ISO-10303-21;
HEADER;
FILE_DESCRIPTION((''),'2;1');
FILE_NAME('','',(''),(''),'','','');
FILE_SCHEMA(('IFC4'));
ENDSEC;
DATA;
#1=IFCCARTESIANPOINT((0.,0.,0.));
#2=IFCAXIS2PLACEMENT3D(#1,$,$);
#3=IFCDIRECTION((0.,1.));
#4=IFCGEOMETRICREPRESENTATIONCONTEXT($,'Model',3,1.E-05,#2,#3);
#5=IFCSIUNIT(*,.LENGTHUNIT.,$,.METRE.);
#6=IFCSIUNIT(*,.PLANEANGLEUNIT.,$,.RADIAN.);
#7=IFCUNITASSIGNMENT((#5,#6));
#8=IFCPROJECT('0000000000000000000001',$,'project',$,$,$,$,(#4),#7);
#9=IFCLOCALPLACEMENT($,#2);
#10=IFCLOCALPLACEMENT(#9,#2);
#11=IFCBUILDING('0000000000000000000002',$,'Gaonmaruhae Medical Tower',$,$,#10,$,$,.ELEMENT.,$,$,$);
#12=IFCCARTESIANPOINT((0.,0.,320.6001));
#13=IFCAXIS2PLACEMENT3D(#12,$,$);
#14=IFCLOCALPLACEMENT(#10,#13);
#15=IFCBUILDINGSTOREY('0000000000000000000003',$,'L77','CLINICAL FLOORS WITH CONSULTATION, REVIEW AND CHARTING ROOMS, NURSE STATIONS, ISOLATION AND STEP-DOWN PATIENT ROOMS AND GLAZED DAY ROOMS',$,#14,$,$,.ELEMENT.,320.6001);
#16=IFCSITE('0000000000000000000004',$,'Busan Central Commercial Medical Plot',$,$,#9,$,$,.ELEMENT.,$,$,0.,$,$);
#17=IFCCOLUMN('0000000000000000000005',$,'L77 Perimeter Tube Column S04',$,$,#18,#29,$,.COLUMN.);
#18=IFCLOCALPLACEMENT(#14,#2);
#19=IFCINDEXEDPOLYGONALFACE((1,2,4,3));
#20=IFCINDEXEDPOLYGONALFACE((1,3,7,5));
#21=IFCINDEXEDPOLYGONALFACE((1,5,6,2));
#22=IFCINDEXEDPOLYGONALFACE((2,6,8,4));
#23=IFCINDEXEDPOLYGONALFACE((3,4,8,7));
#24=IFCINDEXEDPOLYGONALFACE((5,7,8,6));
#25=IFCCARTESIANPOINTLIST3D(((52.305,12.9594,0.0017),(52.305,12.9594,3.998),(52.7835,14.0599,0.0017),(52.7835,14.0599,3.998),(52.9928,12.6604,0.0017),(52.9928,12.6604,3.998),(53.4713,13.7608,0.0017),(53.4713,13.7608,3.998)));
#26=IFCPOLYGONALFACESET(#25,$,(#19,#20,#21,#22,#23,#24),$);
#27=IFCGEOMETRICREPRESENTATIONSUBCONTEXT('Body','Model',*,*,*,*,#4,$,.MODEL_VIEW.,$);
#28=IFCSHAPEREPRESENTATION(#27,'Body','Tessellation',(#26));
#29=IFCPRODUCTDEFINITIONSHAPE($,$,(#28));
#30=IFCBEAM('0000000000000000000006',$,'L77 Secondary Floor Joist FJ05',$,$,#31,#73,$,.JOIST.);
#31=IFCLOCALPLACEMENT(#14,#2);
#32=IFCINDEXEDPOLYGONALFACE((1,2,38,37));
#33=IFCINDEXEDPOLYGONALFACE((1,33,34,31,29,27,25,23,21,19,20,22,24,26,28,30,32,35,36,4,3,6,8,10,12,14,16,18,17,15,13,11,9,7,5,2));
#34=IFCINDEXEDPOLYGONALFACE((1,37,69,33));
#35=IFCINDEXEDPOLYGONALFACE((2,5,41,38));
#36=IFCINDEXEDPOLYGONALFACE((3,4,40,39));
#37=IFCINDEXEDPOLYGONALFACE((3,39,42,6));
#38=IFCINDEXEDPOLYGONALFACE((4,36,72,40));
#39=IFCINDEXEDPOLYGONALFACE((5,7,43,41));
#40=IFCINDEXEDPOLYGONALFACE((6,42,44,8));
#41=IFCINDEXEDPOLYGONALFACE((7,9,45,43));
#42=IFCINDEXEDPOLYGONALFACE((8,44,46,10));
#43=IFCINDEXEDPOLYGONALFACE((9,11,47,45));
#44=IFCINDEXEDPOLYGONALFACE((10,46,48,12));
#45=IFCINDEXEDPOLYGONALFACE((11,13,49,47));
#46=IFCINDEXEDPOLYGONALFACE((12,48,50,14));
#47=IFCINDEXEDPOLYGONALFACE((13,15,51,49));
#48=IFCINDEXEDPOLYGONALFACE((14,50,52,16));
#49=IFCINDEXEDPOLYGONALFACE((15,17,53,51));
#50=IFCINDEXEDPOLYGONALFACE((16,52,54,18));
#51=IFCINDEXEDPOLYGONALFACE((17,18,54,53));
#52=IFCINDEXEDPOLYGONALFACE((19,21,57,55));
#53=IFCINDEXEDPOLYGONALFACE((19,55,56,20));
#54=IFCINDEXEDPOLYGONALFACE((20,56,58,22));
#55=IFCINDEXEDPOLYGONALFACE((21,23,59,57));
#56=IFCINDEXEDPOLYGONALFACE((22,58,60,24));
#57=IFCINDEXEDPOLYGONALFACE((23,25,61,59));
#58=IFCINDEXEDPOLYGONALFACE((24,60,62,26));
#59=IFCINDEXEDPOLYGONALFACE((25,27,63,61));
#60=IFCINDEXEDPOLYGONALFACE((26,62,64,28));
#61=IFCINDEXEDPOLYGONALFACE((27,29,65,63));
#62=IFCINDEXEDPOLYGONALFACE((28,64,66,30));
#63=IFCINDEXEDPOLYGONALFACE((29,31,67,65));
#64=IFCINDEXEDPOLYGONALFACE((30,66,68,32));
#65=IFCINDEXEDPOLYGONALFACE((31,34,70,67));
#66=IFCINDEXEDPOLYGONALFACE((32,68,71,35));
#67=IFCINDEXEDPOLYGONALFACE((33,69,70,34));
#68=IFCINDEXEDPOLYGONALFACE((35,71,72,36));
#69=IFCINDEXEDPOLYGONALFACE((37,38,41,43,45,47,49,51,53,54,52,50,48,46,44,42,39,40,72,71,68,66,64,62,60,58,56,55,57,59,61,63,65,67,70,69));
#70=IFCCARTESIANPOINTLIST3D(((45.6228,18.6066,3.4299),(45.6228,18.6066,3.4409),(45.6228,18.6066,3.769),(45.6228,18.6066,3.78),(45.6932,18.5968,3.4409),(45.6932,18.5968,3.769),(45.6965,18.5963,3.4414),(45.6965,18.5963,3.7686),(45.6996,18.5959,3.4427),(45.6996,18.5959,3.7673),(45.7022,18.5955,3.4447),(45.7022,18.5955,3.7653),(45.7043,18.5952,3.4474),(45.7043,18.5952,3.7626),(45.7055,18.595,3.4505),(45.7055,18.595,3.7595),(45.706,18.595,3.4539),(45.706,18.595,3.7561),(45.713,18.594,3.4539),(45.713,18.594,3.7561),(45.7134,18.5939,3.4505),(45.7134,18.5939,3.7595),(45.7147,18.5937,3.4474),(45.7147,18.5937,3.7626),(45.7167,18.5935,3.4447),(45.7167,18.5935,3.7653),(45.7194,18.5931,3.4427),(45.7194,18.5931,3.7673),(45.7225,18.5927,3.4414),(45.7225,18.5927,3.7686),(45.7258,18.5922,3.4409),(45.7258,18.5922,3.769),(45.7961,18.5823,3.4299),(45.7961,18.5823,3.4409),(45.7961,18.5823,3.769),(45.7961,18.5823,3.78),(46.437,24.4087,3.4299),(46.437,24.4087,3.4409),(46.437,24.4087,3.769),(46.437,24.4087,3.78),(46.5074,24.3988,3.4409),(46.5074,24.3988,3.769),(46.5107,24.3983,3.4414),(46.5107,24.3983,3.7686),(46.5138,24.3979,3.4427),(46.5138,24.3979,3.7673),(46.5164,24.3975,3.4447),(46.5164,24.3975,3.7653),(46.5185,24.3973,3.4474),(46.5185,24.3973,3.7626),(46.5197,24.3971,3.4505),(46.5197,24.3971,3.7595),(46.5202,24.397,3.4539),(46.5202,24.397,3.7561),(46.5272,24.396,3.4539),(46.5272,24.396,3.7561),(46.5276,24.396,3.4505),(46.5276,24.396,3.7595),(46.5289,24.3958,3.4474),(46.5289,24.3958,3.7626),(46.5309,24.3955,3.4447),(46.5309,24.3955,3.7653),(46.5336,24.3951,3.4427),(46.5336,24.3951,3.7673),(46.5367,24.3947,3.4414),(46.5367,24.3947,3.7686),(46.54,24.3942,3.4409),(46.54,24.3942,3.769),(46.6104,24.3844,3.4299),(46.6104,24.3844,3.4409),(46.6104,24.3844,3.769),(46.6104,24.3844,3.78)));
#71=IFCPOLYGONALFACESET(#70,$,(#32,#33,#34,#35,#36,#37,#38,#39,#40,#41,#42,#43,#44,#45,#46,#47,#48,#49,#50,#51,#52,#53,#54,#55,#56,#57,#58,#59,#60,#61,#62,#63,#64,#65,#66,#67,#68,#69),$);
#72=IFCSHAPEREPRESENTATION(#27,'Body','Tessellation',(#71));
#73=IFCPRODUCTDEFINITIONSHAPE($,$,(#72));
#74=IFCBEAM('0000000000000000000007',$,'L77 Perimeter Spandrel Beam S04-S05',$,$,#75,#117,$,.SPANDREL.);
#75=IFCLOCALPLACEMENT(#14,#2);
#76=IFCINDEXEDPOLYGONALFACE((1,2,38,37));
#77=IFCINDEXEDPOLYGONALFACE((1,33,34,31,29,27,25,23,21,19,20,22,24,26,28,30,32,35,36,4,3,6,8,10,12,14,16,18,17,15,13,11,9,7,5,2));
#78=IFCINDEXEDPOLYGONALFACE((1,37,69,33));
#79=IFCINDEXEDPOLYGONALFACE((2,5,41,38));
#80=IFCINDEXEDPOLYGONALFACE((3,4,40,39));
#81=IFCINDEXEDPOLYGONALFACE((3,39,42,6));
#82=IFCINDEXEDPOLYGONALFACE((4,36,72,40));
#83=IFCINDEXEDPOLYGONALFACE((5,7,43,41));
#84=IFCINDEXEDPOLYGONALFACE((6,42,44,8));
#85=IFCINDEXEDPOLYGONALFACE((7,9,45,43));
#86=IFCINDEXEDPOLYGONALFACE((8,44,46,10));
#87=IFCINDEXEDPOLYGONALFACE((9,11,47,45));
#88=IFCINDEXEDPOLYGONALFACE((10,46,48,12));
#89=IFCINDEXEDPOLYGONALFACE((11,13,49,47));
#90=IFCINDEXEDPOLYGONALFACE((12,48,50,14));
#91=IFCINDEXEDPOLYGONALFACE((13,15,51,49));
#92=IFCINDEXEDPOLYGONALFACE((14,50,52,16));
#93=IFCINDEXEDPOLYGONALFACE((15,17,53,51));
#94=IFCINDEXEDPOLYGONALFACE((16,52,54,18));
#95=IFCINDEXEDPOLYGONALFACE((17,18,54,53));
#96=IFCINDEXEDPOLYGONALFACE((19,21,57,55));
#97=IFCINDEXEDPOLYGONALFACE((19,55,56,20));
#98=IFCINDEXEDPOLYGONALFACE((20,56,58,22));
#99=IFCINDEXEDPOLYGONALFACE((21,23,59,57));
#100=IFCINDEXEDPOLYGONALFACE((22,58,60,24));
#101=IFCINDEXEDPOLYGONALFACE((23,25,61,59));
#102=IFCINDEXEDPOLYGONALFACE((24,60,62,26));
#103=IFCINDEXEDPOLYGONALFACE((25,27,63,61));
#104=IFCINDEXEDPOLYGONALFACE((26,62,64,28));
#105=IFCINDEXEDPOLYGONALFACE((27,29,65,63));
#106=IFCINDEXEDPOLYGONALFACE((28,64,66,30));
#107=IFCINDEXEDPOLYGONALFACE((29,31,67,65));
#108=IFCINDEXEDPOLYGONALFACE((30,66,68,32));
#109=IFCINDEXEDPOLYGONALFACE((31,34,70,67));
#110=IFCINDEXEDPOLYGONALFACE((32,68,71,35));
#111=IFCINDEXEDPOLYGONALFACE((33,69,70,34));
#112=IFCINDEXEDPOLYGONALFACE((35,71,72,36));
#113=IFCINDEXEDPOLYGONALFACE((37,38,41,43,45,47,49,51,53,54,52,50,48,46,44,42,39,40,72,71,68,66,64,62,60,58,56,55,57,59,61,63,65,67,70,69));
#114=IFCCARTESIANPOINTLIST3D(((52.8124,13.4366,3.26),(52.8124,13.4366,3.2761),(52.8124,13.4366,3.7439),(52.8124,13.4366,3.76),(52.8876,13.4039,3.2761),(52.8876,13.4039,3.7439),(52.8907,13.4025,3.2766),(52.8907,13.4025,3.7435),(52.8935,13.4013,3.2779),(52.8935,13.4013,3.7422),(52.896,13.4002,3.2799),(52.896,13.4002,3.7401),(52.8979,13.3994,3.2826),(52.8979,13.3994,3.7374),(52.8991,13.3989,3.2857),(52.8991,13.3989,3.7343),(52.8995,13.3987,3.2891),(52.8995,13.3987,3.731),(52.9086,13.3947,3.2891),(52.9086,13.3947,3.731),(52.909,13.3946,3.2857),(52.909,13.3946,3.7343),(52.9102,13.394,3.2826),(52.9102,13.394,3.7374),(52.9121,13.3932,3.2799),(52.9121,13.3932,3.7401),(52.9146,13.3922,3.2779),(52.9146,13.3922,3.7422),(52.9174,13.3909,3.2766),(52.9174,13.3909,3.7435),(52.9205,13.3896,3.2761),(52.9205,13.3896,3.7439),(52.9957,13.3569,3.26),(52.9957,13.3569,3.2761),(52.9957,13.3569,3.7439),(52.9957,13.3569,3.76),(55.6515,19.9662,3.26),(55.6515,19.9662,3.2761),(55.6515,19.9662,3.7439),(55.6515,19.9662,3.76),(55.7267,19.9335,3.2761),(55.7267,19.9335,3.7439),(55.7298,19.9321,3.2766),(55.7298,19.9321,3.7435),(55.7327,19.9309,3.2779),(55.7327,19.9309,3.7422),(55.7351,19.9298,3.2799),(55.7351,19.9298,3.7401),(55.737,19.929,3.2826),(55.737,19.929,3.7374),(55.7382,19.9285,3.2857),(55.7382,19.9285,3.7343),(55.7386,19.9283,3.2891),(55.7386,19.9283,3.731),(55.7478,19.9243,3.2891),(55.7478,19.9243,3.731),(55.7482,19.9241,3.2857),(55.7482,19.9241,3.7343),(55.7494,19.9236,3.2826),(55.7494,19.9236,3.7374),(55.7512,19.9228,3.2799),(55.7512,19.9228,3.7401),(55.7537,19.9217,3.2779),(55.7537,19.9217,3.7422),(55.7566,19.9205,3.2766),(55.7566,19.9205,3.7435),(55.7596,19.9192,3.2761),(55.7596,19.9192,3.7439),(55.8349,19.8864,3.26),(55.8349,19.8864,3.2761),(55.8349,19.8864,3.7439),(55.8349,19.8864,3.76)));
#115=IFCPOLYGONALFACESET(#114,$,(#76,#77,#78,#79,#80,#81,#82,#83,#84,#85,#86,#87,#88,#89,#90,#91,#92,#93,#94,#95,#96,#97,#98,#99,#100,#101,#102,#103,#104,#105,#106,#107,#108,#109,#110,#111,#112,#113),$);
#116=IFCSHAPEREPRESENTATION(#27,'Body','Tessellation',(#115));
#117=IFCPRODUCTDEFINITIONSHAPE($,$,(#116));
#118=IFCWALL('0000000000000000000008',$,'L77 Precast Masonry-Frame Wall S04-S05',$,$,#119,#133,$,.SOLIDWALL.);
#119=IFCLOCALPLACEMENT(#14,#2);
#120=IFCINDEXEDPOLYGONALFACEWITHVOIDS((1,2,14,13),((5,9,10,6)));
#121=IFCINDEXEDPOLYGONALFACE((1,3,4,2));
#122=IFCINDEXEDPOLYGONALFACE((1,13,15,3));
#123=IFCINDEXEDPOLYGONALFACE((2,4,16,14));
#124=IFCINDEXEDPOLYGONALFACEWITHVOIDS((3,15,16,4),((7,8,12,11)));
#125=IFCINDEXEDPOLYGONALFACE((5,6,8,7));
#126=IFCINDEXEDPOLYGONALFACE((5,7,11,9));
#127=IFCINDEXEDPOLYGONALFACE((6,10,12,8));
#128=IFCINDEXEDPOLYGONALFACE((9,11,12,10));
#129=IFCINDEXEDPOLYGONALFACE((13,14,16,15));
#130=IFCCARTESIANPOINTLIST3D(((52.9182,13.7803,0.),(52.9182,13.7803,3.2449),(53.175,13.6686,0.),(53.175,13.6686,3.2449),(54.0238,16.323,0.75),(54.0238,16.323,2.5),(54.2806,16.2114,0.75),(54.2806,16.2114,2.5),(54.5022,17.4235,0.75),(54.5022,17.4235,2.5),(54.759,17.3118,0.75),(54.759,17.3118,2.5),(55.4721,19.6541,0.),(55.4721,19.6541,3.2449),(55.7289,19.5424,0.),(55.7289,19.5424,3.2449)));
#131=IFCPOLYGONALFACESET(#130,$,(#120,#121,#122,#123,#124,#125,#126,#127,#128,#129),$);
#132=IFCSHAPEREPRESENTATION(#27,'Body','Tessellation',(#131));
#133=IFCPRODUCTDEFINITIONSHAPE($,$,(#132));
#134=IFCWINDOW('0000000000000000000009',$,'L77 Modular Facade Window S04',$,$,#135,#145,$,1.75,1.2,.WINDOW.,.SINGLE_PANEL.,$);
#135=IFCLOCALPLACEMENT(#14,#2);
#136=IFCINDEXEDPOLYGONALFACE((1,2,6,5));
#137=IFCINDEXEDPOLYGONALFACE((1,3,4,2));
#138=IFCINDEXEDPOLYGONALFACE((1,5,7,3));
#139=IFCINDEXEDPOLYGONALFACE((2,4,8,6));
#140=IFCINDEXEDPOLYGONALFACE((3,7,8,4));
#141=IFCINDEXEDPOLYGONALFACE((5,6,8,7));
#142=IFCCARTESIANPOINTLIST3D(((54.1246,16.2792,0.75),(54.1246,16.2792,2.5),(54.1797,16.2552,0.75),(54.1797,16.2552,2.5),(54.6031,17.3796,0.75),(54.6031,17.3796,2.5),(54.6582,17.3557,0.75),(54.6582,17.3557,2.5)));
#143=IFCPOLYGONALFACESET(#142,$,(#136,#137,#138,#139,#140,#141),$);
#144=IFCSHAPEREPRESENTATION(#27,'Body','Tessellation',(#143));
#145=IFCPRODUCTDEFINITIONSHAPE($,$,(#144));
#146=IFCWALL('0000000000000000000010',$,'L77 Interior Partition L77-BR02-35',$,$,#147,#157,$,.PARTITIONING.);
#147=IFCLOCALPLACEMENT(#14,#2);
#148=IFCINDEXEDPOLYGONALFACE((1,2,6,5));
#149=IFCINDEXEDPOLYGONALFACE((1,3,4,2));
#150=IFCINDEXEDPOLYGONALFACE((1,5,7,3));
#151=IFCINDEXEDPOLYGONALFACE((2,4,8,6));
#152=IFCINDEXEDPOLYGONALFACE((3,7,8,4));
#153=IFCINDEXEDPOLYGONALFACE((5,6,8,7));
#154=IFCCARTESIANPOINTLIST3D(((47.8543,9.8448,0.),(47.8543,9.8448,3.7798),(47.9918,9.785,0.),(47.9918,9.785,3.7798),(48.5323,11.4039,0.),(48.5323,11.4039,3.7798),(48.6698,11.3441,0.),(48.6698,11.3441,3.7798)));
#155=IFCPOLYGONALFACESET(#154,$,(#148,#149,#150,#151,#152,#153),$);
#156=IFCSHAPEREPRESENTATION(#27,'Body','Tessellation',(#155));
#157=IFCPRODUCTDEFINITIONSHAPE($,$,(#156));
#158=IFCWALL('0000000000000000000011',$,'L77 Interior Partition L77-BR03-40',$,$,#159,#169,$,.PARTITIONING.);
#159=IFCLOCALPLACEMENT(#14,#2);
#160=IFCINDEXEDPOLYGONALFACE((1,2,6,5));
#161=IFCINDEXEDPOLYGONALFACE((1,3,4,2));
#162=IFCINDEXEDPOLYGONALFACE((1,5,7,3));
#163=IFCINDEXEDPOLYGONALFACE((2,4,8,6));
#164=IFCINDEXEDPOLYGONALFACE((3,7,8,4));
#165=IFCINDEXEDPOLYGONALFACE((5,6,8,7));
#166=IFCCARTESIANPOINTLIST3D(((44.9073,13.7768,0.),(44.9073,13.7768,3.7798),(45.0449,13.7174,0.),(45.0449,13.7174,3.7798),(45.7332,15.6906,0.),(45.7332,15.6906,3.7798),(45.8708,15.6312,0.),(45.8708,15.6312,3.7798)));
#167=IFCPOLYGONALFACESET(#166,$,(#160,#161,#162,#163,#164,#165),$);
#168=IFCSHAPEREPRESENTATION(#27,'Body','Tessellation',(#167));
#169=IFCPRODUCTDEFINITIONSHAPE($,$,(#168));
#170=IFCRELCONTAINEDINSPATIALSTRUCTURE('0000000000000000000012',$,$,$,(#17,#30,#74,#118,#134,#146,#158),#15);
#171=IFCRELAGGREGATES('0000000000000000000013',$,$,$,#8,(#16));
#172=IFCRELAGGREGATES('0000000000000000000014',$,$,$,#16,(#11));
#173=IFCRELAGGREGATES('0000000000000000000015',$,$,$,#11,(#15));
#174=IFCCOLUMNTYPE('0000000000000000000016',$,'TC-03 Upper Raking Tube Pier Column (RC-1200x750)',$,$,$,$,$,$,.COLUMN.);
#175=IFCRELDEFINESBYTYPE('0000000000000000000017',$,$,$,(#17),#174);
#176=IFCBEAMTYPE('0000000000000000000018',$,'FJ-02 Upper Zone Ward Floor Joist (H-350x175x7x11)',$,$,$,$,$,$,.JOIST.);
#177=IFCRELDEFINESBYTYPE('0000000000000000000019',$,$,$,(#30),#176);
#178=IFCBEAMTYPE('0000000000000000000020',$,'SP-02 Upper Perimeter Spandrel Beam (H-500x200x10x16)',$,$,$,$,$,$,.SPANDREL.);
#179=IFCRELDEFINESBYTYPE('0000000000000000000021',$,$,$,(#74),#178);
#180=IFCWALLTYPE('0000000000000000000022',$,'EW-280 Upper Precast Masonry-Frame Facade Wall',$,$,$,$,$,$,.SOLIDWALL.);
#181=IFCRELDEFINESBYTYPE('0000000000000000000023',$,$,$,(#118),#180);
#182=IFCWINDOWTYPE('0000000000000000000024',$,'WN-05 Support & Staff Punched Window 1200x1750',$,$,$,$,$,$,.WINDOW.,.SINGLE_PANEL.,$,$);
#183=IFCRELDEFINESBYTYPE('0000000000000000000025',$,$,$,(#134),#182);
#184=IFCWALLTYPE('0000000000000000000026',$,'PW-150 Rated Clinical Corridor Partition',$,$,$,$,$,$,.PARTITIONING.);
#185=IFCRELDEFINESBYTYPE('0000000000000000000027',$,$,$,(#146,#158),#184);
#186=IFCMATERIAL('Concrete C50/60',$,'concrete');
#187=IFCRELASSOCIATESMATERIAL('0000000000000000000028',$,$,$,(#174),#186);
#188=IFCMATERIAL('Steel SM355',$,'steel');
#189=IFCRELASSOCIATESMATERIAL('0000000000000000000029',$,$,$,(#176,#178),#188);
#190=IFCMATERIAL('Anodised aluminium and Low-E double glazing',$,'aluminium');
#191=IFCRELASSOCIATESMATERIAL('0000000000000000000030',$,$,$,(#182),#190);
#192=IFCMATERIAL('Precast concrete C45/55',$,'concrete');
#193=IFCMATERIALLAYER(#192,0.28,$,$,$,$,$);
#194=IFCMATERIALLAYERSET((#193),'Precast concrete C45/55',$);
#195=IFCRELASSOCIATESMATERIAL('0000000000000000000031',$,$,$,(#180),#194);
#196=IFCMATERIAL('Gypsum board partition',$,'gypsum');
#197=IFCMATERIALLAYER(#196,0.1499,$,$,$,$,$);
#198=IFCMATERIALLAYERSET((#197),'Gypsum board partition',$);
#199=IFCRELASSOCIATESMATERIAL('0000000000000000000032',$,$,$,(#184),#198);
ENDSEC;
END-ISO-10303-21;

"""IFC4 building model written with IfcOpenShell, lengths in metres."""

from ifc_helpers import new_model, si_unit, direction, frame, frame_2d, origin, origin_2d, place, context, subcontext, project, spatial, rectangle, i_section, extrude, material, layer, layer_set, material_profile, profile_set, type_object, element, fill, save


model = new_model("IFC4")

# Units and contexts
model_context = context("Model", 3, precision=1e-05, world=origin(), true_north=direction((0.0, 1.0)))
body_context = subcontext(model_context, "Body", "Model", "MODEL_VIEW")
ifc_project = project(units=[si_unit("LENGTHUNIT", "METRE"), si_unit("PLANEANGLEUNIT", "RADIAN")], contexts=[model_context])

# Site, building, storey
site_placement = place(None, origin())
site = spatial("IfcSite", under=ifc_project, at=site_placement, Name="Busan Central Commercial Medical Plot", CompositionType="ELEMENT", RefElevation=0.0)
building_placement = place(site_placement, origin())
building = spatial("IfcBuilding", under=site, at=building_placement, Name="Gaonmaruhae Medical Tower", CompositionType="ELEMENT")
storey_placement = place(building_placement, frame((0.0, 0.0, 320.6001)))
storey = spatial("IfcBuildingStorey", under=building, at=storey_placement, Name="L77", Description="CLINICAL FLOORS WITH CONSULTATION, REVIEW AND CHARTING ROOMS, NURSE STATIONS, ISOLATION AND STEP-DOWN PATIENT ROOMS AND GLAZED DAY ROOMS", CompositionType="ELEMENT", Elevation=320.6001)

# Column
ifc_material_1 = material(Name="Concrete C50/60", Category="concrete")
ifc_material_profile_1 = material_profile(ifc_material_1, rectangle(XDim=1.2, YDim=0.75, at=origin_2d()), Name="RC-1200x750")
ifc_profile_set_1 = profile_set([ifc_material_profile_1], Name="Concrete C50/60")
column_type = type_object("IfcColumnType", Name="TC-03 Upper Raking Tube Pier Column (RC-1200x750)", PredefinedType="COLUMN", material=ifc_profile_set_1)
column_placement = place(storey_placement, frame((52.8882, 13.3601, 0.0017), z_axis=(0.0, 0.0, 1.0), x_axis=(0.398749, 0.91706, 0.0)))
element("IfcColumn", 1, at=column_placement, inside=storey, type_object=column_type, Name="L77 Perimeter Tube Column S04", PredefinedType="COLUMN", context=body_context, shape_type="SweptSolid", body=[
    extrude(rectangle(XDim=1.2, YDim=0.75, at=origin_2d()), origin(), (0.0, 0.0, 1.0), 3.9963),
])

# Beams
ifc_material_2 = material(Name="Steel SM355", Category="steel")
ifc_material_profile_2 = material_profile(ifc_material_2, i_section(OverallWidth=0.175, OverallDepth=0.3501, WebThickness=0.0071, FlangeThickness=0.011, FilletRadius=0.0129, at=origin_2d()), Name="H-350x175x7x11")
ifc_profile_set_2 = profile_set([ifc_material_profile_2], Name="Steel SM355")
beam_type_1 = type_object("IfcBeamType", Name="FJ-02 Upper Zone Ward Floor Joist (H-350x175x7x11)", PredefinedType="JOIST", material=ifc_profile_set_2)
beam_1_placement = place(storey_placement, frame((45.7095, 18.5945, 3.605), z_axis=(0.138971, 0.990296, 0.0), x_axis=(-0.990296, 0.138971, 0.0)))
element("IfcBeam", 2, at=beam_1_placement, inside=storey, type_object=beam_type_1, Name="L77 Secondary Floor Joist FJ05", PredefinedType="JOIST", context=body_context, shape_type="SweptSolid", body=[
    extrude(i_section(OverallWidth=0.175, OverallDepth=0.3501, WebThickness=0.0071, FlangeThickness=0.011, FilletRadius=0.0129, at=origin_2d()), origin(), (0.0, 0.0, 1.0), 5.8589),
])
ifc_material_profile_3 = material_profile(ifc_material_2, i_section(OverallWidth=0.2, OverallDepth=0.5, WebThickness=0.01, FlangeThickness=0.0161, FilletRadius=0.0129, at=origin_2d()), Name="H-500x200x10x16")
ifc_profile_set_3 = profile_set([ifc_material_profile_3], Name="Steel SM355")
beam_type_2 = type_object("IfcBeamType", Name="SP-02 Upper Perimeter Spandrel Beam (H-500x200x10x16)", PredefinedType="SPANDREL", material=ifc_profile_set_3)
beam_2_placement = place(storey_placement, frame((52.9041, 13.3967, 3.51), z_axis=(0.398747, 0.917061, 0.0), x_axis=(-0.917061, 0.398747, 0.0)))
element("IfcBeam", 3, at=beam_2_placement, inside=storey, type_object=beam_type_2, Name="L77 Perimeter Spandrel Beam S04-S05", PredefinedType="SPANDREL", context=body_context, shape_type="SweptSolid", body=[
    extrude(i_section(OverallWidth=0.2, OverallDepth=0.5, WebThickness=0.01, FlangeThickness=0.0161, FilletRadius=0.0129, at=origin_2d()), origin(), (0.0, 0.0, 1.0), 7.1201),
])

# Shared definitions
ifc_material_3 = material(Name="Precast concrete C45/55", Category="concrete")
ifc_material_4 = material(Name="Anodised aluminium and Low-E double glazing", Category="aluminium")
window_type = type_object("IfcWindowType", Name="WN-05 Support & Staff Punched Window 1200x1750", PartitioningType="SINGLE_PANEL", PredefinedType="WINDOW", material=ifc_material_4)

# Wall, opening, window
ifc_layer_1 = layer(ifc_material_3, 0.28)
ifc_layer_set_1 = layer_set([ifc_layer_1], Name="Precast concrete C45/55")
wall_type_1 = type_object("IfcWallType", Name="EW-280 Upper Precast Masonry-Frame Facade Wall", PredefinedType="SOLIDWALL", material=ifc_layer_set_1)
wall_1_placement = place(storey_placement, frame((55.6006, 19.5984, 0.0), z_axis=(0.0, 0.0, 1.0), x_axis=(-0.398744, -0.917062, 0.0)))
wall_1 = element("IfcWall", 4, at=wall_1_placement, inside=storey, type_object=wall_type_1, Name="L77 Precast Masonry-Frame Wall S04-S05", PredefinedType="SOLIDWALL", context=body_context, shape_type="SweptSolid", body=[
    extrude(rectangle(XDim=6.405, YDim=0.28, at=frame_2d((3.2026, 0.0))), origin(), (0.0, 0.0, 1.0), 3.2449),
])
opening_1_placement = place(wall_1_placement, frame((2.4324, 0.0, 0.75)))
opening_1 = element("IfcOpeningElement", 5, at=opening_1_placement, cuts=wall_1, PredefinedType="OPENING", context=body_context, shape_type="SweptSolid", body=[
    extrude(rectangle(XDim=1.2, YDim=1.75, at=frame_2d((0.6001, 0.875))), frame((0.0, 0.1499, 0.0), z_axis=(0.0, -1.0, 0.0), x_axis=(1.0, 0.0, 0.0)), (0.0, 0.0, 1.0), 0.3),
])
window_1_placement = place(opening_1_placement, origin())
window_1 = element("IfcWindow", 6, at=window_1_placement, inside=storey, type_object=window_type, Name="L77 Modular Facade Window S04", OverallHeight=1.75, OverallWidth=1.2, PartitioningType="SINGLE_PANEL", PredefinedType="WINDOW", context=body_context, shape_type="SweptSolid", body=[
    extrude(rectangle(XDim=1.2, YDim=1.75, at=frame_2d((0.6001, 0.875))), frame((0.0, 0.03, 0.0), z_axis=(0.0, -1.0, 0.0), x_axis=(1.0, 0.0, 0.0)), (0.0, 0.0, 1.0), 0.0601),
])
fill(opening_1, window_1)

# Walls
ifc_material_5 = material(Name="Gypsum board partition", Category="gypsum")
ifc_layer_2 = layer(ifc_material_5, 0.1499)
ifc_layer_set_2 = layer_set([ifc_layer_2], Name="Gypsum board partition")
wall_type_2 = type_object("IfcWallType", Name="PW-150 Rated Clinical Corridor Partition", PredefinedType="PARTITIONING", material=ifc_layer_set_2)
wall_2_placement = place(storey_placement, frame((48.6011, 11.374, 0.0), z_axis=(0.0, 0.0, 1.0), x_axis=(-0.398784, -0.917045, 0.0)))
element("IfcWall", 7, at=wall_2_placement, inside=storey, type_object=wall_type_2, Name="L77 Interior Partition L77-BR02-35", PredefinedType="PARTITIONING", context=body_context, shape_type="SweptSolid", body=[
    extrude(rectangle(XDim=1.7002, YDim=0.1499, at=frame_2d((0.8501, 0.0))), origin(), (0.0, 0.0, 1.0), 3.7798),
])
wall_3_placement = place(storey_placement, frame((44.9761, 13.7471, 0.0), z_axis=(0.0, 0.0, 1.0), x_axis=(0.396236, 0.918149, 0.0)))
element("IfcWall", 8, at=wall_3_placement, inside=storey, type_object=wall_type_2, Name="L77 Interior Partition L77-BR03-40", PredefinedType="PARTITIONING", context=body_context, shape_type="SweptSolid", body=[
    extrude(rectangle(XDim=2.0845, YDim=0.1499, at=frame_2d((1.0422, 0.0))), origin(), (0.0, 0.0, 1.0), 3.7798),
])

save(model, "model.ifc")
